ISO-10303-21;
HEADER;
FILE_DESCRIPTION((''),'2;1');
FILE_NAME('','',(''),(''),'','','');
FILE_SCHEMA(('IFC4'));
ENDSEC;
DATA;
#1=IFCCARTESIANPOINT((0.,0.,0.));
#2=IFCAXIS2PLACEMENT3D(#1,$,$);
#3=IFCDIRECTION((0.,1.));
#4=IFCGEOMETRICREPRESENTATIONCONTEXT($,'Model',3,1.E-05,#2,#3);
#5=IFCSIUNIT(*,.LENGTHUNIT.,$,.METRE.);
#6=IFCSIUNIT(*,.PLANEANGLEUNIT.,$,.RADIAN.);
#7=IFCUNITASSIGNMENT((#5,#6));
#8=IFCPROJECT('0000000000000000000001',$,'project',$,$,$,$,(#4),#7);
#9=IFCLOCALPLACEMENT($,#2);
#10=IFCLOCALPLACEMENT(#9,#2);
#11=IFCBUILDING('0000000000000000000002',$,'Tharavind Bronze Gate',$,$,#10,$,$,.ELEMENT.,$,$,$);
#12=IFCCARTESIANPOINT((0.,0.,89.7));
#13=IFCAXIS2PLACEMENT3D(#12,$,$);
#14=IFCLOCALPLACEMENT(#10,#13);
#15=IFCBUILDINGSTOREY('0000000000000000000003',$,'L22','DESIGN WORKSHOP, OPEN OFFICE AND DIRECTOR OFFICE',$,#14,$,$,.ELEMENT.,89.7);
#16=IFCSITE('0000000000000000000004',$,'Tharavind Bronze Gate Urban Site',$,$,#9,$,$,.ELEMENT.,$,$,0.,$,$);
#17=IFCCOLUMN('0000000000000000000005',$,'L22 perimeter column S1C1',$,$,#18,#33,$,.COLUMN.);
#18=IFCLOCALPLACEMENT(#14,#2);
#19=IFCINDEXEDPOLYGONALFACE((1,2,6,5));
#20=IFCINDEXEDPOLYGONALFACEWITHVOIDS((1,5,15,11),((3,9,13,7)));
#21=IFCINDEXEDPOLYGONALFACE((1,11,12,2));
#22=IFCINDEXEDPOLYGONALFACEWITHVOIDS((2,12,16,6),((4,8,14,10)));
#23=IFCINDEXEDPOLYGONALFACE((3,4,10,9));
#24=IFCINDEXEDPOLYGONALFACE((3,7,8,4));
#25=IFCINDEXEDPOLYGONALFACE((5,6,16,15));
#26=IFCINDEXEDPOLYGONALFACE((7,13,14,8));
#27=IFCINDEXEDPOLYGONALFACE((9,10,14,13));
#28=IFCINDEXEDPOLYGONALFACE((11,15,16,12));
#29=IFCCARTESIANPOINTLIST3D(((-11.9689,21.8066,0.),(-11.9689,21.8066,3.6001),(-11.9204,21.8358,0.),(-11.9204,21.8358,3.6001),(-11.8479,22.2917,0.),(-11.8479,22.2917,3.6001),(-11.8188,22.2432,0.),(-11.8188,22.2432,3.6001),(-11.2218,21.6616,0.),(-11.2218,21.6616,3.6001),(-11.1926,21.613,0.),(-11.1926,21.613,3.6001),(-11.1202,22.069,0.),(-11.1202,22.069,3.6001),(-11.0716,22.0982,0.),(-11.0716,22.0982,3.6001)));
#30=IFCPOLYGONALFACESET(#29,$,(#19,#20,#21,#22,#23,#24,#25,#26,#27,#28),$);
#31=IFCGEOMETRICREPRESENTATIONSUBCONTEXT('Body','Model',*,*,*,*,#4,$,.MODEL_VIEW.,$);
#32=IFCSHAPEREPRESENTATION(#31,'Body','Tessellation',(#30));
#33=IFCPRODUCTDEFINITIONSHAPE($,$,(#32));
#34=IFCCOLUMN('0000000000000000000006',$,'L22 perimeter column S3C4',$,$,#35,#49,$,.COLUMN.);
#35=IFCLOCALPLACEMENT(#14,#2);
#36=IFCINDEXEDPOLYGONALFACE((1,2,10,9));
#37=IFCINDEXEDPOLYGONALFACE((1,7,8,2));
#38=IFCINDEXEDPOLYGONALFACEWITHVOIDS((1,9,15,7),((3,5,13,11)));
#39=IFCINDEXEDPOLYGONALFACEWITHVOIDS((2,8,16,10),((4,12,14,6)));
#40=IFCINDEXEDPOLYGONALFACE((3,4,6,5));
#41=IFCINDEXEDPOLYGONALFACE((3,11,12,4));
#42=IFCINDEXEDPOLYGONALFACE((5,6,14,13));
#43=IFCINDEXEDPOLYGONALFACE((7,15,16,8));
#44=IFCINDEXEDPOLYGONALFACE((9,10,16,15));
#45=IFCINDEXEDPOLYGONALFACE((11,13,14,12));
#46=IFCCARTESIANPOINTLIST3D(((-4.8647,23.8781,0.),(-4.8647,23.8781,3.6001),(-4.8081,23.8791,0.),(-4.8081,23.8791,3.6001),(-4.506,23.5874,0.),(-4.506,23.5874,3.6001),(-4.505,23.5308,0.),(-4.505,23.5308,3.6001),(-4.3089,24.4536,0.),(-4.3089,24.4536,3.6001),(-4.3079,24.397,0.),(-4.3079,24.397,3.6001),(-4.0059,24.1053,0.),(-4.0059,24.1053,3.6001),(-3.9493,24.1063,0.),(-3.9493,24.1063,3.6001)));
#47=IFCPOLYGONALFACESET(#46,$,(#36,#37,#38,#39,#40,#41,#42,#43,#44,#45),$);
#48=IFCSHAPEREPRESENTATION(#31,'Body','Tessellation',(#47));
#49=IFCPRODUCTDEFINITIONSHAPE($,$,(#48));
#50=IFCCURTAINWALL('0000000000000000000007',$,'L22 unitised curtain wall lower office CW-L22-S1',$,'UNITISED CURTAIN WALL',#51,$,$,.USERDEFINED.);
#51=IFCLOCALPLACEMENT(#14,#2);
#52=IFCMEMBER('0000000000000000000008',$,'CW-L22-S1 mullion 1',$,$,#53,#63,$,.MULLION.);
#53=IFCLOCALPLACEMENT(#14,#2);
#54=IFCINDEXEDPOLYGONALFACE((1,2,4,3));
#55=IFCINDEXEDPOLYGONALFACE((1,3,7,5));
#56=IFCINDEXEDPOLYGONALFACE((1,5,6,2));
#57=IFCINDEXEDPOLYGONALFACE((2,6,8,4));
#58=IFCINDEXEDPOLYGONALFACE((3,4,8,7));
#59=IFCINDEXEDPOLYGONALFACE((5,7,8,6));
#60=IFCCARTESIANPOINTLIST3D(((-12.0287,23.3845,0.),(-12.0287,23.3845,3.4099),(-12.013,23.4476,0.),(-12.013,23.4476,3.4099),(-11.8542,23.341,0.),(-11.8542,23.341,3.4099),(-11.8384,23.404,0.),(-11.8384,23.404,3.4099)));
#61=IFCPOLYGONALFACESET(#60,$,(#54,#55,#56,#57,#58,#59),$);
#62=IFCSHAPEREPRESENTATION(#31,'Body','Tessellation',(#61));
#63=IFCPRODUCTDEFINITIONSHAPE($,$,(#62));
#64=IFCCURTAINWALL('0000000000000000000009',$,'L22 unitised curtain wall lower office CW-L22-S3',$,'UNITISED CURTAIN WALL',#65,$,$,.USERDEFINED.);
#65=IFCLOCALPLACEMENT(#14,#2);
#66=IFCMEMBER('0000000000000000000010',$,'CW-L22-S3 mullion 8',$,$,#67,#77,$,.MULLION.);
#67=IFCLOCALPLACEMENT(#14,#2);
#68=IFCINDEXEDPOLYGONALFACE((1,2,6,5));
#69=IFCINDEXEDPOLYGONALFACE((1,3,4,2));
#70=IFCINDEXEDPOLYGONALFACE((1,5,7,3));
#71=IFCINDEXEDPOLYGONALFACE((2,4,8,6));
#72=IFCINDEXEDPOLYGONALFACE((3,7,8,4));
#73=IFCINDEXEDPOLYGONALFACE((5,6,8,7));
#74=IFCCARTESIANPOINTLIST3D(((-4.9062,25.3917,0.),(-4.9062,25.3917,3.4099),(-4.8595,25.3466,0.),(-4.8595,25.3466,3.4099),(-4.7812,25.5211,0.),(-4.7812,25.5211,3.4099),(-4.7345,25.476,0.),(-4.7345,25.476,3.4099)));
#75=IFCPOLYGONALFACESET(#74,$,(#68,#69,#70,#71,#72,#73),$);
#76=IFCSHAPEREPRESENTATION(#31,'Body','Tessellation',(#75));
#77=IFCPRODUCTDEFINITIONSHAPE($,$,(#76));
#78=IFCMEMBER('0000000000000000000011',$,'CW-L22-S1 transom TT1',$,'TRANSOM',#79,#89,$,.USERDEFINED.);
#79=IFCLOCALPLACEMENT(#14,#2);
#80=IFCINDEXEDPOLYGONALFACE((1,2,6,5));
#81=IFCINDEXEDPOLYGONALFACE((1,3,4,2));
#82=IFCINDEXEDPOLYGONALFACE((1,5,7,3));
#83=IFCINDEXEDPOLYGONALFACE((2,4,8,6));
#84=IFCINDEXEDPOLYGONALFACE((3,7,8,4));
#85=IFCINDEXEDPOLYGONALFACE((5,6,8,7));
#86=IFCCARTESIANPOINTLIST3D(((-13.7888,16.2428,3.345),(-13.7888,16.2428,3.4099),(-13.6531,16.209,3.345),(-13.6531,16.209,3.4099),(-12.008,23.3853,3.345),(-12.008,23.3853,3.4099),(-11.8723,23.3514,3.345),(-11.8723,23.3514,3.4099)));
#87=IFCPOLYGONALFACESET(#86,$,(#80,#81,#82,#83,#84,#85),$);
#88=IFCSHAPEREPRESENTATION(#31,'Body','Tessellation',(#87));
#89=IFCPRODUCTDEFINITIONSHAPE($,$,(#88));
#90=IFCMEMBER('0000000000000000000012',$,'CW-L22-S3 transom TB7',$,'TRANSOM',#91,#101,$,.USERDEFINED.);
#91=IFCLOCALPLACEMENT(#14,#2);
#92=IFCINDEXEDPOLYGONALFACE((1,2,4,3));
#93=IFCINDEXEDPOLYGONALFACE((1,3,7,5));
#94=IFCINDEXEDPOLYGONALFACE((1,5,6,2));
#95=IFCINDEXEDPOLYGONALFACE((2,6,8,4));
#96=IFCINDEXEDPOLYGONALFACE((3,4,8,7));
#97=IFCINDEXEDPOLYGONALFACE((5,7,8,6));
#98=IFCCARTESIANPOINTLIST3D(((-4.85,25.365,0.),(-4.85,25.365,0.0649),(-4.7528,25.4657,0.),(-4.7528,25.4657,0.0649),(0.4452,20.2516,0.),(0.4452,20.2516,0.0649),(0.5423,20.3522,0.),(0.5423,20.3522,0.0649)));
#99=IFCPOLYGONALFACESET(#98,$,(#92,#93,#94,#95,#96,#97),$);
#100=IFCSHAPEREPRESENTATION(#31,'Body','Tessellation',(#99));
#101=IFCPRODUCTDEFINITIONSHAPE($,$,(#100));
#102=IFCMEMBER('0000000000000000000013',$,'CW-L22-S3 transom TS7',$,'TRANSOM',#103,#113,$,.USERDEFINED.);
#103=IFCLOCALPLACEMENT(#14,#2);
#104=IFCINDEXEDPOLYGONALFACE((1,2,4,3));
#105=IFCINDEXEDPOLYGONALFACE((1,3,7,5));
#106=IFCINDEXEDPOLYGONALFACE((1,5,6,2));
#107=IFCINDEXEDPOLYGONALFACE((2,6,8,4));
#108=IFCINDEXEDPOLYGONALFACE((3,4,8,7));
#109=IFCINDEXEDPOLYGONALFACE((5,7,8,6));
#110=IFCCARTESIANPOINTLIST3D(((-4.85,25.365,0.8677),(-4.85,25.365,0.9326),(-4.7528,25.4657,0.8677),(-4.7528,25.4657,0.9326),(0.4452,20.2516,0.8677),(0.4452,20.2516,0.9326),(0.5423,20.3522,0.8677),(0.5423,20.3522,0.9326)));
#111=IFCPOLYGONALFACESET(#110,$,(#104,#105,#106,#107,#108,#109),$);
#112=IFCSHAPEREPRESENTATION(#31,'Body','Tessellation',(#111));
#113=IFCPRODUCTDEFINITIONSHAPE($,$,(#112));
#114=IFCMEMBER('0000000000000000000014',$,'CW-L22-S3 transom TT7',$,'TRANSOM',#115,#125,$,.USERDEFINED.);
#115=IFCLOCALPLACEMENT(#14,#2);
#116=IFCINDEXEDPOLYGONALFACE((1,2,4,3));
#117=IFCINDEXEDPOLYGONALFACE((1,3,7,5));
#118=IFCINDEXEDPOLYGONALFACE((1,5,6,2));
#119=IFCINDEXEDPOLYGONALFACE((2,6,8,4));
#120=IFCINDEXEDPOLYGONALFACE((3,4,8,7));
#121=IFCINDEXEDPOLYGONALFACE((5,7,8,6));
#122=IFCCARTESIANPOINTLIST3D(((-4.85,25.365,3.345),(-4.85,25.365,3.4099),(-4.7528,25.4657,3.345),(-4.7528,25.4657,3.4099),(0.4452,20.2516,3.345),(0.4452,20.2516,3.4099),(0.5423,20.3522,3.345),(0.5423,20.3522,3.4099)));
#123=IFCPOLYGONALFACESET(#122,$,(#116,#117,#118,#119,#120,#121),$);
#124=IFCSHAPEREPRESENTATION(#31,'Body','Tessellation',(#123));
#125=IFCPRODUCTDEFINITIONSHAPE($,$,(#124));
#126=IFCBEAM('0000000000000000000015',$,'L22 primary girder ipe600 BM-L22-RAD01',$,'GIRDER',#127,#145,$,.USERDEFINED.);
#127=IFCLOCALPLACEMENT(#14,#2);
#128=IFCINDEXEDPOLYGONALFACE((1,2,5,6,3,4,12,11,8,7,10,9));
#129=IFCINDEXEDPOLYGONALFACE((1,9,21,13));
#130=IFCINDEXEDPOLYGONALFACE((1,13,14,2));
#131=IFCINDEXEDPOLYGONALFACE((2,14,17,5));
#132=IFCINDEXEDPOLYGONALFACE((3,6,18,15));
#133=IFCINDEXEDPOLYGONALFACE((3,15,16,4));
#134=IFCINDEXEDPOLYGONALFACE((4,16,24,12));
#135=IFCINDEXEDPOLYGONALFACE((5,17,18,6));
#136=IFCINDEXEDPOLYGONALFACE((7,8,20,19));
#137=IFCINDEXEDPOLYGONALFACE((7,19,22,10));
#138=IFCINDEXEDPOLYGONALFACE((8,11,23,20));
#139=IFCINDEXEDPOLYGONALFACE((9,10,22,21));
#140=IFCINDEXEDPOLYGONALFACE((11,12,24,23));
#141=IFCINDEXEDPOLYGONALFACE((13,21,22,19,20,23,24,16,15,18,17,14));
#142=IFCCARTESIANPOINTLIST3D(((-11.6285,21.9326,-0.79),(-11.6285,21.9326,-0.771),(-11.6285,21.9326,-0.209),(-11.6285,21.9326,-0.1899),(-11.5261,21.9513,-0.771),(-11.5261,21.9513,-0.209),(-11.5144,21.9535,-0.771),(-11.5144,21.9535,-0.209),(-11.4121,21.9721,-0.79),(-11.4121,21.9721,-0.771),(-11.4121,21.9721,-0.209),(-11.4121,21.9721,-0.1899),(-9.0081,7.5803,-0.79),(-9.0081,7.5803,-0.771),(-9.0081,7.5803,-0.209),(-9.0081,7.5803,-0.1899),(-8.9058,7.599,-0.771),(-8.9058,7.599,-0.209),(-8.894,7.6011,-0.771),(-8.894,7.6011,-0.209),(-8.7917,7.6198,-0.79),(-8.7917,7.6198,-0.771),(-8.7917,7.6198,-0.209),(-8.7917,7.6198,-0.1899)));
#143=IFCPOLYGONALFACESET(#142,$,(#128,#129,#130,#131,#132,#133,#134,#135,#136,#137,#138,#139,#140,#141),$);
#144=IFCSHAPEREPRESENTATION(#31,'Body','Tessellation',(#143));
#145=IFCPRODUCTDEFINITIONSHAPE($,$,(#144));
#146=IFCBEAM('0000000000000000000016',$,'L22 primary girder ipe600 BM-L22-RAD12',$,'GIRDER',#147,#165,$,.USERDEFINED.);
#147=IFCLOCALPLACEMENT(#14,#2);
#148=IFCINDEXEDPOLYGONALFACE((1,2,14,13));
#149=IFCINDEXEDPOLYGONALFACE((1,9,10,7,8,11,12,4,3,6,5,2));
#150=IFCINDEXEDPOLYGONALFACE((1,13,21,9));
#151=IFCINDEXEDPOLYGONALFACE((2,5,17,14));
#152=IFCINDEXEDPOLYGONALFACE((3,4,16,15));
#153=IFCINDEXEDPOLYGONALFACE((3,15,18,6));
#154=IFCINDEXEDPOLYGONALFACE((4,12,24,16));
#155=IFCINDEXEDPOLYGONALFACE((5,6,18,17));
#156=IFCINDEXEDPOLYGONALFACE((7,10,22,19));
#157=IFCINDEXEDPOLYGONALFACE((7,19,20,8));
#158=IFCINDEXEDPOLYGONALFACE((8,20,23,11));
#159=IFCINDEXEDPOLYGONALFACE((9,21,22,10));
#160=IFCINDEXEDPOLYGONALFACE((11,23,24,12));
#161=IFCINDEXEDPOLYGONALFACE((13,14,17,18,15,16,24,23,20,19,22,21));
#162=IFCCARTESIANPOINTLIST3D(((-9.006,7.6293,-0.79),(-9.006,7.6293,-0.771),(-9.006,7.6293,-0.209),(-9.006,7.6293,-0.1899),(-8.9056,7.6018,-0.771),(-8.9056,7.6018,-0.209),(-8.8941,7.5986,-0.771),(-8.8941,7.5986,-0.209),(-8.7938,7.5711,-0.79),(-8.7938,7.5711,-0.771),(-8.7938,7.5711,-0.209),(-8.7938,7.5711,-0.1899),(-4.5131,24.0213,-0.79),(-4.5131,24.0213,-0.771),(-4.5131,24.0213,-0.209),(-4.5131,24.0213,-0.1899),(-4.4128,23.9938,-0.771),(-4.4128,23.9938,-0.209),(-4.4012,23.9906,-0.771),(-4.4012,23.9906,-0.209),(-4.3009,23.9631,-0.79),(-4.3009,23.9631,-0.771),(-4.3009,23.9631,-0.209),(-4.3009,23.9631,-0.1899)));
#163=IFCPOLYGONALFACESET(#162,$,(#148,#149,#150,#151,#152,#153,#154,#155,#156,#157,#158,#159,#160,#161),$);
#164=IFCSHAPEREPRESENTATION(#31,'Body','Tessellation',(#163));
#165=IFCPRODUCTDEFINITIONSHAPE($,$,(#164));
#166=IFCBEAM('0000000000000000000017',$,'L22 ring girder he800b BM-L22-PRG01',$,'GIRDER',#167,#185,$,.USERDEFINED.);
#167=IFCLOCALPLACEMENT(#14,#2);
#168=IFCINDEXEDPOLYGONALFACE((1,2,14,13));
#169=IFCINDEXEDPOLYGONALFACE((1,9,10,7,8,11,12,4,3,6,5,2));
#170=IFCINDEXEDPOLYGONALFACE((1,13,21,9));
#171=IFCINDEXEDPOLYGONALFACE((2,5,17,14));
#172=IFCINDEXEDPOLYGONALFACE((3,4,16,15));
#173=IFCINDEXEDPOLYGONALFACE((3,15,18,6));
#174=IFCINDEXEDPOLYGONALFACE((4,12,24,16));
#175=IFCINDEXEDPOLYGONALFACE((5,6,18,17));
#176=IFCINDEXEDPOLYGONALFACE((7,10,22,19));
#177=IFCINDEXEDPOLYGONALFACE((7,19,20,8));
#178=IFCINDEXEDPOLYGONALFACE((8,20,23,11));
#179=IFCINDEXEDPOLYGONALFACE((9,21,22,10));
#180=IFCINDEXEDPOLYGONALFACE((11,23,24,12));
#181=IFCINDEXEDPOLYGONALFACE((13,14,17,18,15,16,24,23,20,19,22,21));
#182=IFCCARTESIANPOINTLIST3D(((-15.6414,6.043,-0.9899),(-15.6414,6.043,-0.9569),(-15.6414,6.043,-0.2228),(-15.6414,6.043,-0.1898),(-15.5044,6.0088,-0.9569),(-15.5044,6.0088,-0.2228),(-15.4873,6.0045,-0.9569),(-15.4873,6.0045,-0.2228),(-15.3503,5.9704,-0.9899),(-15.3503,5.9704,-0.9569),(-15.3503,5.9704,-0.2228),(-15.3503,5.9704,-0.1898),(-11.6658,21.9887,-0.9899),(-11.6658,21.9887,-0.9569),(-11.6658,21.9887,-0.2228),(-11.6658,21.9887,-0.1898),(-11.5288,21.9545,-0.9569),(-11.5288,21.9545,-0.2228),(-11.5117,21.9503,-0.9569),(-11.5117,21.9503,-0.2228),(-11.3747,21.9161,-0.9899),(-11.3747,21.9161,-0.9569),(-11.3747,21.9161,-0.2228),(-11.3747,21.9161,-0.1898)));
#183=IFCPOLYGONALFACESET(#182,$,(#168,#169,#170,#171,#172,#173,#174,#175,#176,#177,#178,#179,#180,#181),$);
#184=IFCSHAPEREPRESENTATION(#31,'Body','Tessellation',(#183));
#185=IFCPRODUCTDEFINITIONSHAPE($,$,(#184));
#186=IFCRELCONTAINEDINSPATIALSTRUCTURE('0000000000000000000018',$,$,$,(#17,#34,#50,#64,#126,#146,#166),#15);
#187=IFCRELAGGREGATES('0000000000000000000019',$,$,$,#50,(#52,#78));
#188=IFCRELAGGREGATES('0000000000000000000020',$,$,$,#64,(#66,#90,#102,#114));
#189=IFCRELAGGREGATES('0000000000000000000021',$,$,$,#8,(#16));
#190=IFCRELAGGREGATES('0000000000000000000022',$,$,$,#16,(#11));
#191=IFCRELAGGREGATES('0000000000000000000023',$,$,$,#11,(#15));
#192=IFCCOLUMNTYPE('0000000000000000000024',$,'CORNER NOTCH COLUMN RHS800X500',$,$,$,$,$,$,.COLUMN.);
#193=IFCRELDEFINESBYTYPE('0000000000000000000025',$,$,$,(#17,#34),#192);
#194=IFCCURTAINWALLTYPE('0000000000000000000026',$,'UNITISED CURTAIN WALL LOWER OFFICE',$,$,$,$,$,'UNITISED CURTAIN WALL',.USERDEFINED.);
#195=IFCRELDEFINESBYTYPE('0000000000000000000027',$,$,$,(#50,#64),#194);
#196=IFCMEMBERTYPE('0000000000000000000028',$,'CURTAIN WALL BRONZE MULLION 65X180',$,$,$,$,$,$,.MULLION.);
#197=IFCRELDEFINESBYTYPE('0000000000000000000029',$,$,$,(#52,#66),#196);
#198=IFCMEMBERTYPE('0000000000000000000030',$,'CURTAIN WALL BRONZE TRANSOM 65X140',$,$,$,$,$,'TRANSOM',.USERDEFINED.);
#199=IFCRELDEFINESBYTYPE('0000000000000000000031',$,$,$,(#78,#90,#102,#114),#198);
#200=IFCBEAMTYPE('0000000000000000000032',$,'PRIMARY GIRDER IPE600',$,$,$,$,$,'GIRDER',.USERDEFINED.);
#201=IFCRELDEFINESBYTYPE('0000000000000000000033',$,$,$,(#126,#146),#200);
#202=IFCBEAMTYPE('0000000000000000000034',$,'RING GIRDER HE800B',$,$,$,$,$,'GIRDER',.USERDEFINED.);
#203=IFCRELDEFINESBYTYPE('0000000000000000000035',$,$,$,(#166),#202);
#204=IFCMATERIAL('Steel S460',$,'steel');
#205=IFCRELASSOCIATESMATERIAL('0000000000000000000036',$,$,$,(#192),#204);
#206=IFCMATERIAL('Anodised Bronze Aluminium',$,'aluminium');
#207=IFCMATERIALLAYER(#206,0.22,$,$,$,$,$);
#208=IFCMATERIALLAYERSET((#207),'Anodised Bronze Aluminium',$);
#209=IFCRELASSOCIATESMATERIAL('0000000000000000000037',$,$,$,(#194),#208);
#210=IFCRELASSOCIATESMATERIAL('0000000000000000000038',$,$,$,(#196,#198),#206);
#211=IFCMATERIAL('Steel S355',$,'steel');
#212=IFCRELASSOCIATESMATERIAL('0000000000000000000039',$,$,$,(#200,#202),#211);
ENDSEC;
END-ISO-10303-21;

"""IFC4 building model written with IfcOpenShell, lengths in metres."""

from ifc_helpers import new_model, si_unit, direction, frame, origin, origin_2d, place, context, subcontext, project, spatial, rectangle, hollow_rectangle, i_section, extrude, material, layer, layer_set, material_profile, profile_set, type_object, element, aggregate, save


model = new_model("IFC4")

# Units and contexts
model_context = context("Model", 3, precision=1e-05, world=origin(), true_north=direction((0.0, 1.0)))
body_context = subcontext(model_context, "Body", "Model", "MODEL_VIEW")
ifc_project = project(units=[si_unit("LENGTHUNIT", "METRE"), si_unit("PLANEANGLEUNIT", "RADIAN")], contexts=[model_context])

# Site, building, storey
site_placement = place(None, origin())
site = spatial("IfcSite", under=ifc_project, at=site_placement, Name="Tharavind Bronze Gate Urban Site", CompositionType="ELEMENT", RefElevation=0.0)
building_placement = place(site_placement, origin())
building = spatial("IfcBuilding", under=site, at=building_placement, Name="Tharavind Bronze Gate", CompositionType="ELEMENT")
storey_placement = place(building_placement, frame((0.0, 0.0, 89.7)))
storey = spatial("IfcBuildingStorey", under=building, at=storey_placement, Name="L22", Description="DESIGN WORKSHOP, OPEN OFFICE AND DIRECTOR OFFICE", CompositionType="ELEMENT", Elevation=89.7)

# Columns
ifc_material_1 = material(Name="Steel S460", Category="steel")
ifc_material_profile_1 = material_profile(ifc_material_1, hollow_rectangle(XDim=0.5, YDim=0.8, WallThickness=0.04, at=origin_2d()), Name="RHS800X500X40")
ifc_profile_set_1 = profile_set([ifc_material_profile_1], Name="Steel S460")
column_type = type_object("IfcColumnType", Name="CORNER NOTCH COLUMN RHS800X500", PredefinedType="COLUMN", material=ifc_profile_set_1)
for number, where, z_axis, x_axis, name in (
    (1, (-11.5203, 21.9524, 0.0), (0.0, 0.0, 1.0), (0.241922, 0.970296, 0.0), "L22 perimeter column S1C1"),
    (2, (-4.407, 23.9922, 0.0), (0.0, 0.0, 1.0), (-0.71934, 0.694658, 0.0), "L22 perimeter column S3C4"),
):
    element("IfcColumn", number, at=place(storey_placement, frame(where, z_axis=z_axis, x_axis=x_axis)), inside=storey, type_object=column_type, Name=name, PredefinedType="COLUMN", context=body_context, shape_type="SweptSolid", body=[
        extrude(hollow_rectangle(XDim=0.5, YDim=0.8, WallThickness=0.04, at=origin_2d()), origin(), (0.0, 0.0, 1.0), 3.6001),
    ])

# Curtain walls, members
ifc_material_2 = material(Name="Anodised Bronze Aluminium", Category="aluminium")
ifc_layer_1 = layer(ifc_material_2, 0.22)
ifc_layer_set_1 = layer_set([ifc_layer_1], Name="Anodised Bronze Aluminium")
curtain_wall_type = type_object("IfcCurtainWallType", Name="UNITISED CURTAIN WALL LOWER OFFICE", ElementType="UNITISED CURTAIN WALL", PredefinedType="USERDEFINED", material=ifc_layer_set_1)
curtain_wall_1_placement = place(storey_placement, origin())
curtain_wall_1 = element("IfcCurtainWall", 3, at=curtain_wall_1_placement, inside=storey, type_object=curtain_wall_type, Name="L22 unitised curtain wall lower office CW-L22-S1", ObjectType="UNITISED CURTAIN WALL", PredefinedType="USERDEFINED")
member_type_1 = type_object("IfcMemberType", Name="CURTAIN WALL BRONZE MULLION 65X180", PredefinedType="MULLION", material=ifc_material_2)
member_1_placement = place(storey_placement, frame((-11.9336, 23.3943, 0.0), z_axis=(0.0, 0.0, 1.0), x_axis=(-0.241922, -0.970296, 0.0)))
member_1 = element("IfcMember", 4, at=member_1_placement, type_object=member_type_1, Name="CW-L22-S1 mullion 1", PredefinedType="MULLION", context=body_context, shape_type="SweptSolid", body=[
    extrude(rectangle(XDim=0.0649, YDim=0.1799, at=origin_2d()), origin(), (0.0, 0.0, 1.0), 3.4099),
])
curtain_wall_2_placement = place(storey_placement, origin())
curtain_wall_2 = element("IfcCurtainWall", 5, at=curtain_wall_2_placement, inside=storey, type_object=curtain_wall_type, Name="L22 unitised curtain wall lower office CW-L22-S3", ObjectType="UNITISED CURTAIN WALL", PredefinedType="USERDEFINED")
member_2_placement = place(storey_placement, frame((-4.8203, 25.4338, 0.0), z_axis=(0.0, 0.0, 1.0), x_axis=(-0.719341, 0.694657, 0.0)))
member_2 = element("IfcMember", 6, at=member_2_placement, type_object=member_type_1, Name="CW-L22-S3 mullion 8", PredefinedType="MULLION", context=body_context, shape_type="SweptSolid", body=[
    extrude(rectangle(XDim=0.0649, YDim=0.1799, at=origin_2d()), origin(), (0.0, 0.0, 1.0), 3.4099),
])

# Members
member_type_2 = type_object("IfcMemberType", Name="CURTAIN WALL BRONZE TRANSOM 65X140", ElementType="TRANSOM", PredefinedType="USERDEFINED", material=ifc_material_2)
member_3_placement = place(storey_placement, frame((-12.8306, 19.7971, 3.345), z_axis=(0.0, 0.0, 1.0), x_axis=(-0.241922, -0.970296, 0.0)))
member_3 = element("IfcMember", 7, at=member_3_placement, type_object=member_type_2, Name="CW-L22-S1 transom TT1", ObjectType="TRANSOM", PredefinedType="USERDEFINED", context=body_context, shape_type="SweptSolid", body=[
    extrude(rectangle(XDim=7.3611, YDim=0.1399, at=origin_2d()), origin(), (0.0, 0.0, 1.0), 0.0649),
])
member_4_placement = place(storey_placement, frame((-2.1538, 22.8586, 0.0), z_axis=(0.0, 0.0, 1.0), x_axis=(-0.719341, 0.694657, 0.0)))
member_4 = element("IfcMember", 8, at=member_4_placement, type_object=member_type_2, Name="CW-L22-S3 transom TB7", ObjectType="TRANSOM", PredefinedType="USERDEFINED", context=body_context, shape_type="SweptSolid", body=[
    extrude(rectangle(XDim=7.3611, YDim=0.1399, at=origin_2d()), origin(), (0.0, 0.0, 1.0), 0.0649),
])
member_5_placement = place(storey_placement, frame((-2.1538, 22.8586, 0.8677), z_axis=(0.0, 0.0, 1.0), x_axis=(-0.719341, 0.694657, 0.0)))
member_5 = element("IfcMember", 9, at=member_5_placement, type_object=member_type_2, Name="CW-L22-S3 transom TS7", ObjectType="TRANSOM", PredefinedType="USERDEFINED", context=body_context, shape_type="SweptSolid", body=[
    extrude(rectangle(XDim=7.3611, YDim=0.1399, at=origin_2d()), origin(), (0.0, 0.0, 1.0), 0.0649),
])
member_6_placement = place(storey_placement, frame((-2.1538, 22.8586, 3.345), z_axis=(0.0, 0.0, 1.0), x_axis=(-0.719341, 0.694657, 0.0)))
member_6 = element("IfcMember", 10, at=member_6_placement, type_object=member_type_2, Name="CW-L22-S3 transom TT7", ObjectType="TRANSOM", PredefinedType="USERDEFINED", context=body_context, shape_type="SweptSolid", body=[
    extrude(rectangle(XDim=7.3611, YDim=0.1399, at=origin_2d()), origin(), (0.0, 0.0, 1.0), 0.0649),
])

# Beams
ifc_material_3 = material(Name="Steel S355", Category="steel")
ifc_material_profile_2 = material_profile(ifc_material_3, i_section(OverallWidth=0.22, OverallDepth=0.6001, WebThickness=0.012, FlangeThickness=0.019, at=origin_2d()), Name="IPE600")
ifc_profile_set_2 = profile_set([ifc_material_profile_2], Name="Steel S355")
beam_type_1 = type_object("IfcBeamType", Name="PRIMARY GIRDER IPE600", ElementType="GIRDER", PredefinedType="USERDEFINED", material=ifc_profile_set_2)
beam_1_placement = place(storey_placement, frame((-11.5203, 21.9524, -0.49), z_axis=(0.179605, -0.983739, 0.0), x_axis=(0.983739, 0.179605, 0.0)))
element("IfcBeam", 11, at=beam_1_placement, inside=storey, type_object=beam_type_1, Name="L22 primary girder ipe600 BM-L22-RAD01", ObjectType="GIRDER", PredefinedType="USERDEFINED", context=body_context, shape_type="SweptSolid", body=[
    extrude(i_section(OverallWidth=0.22, OverallDepth=0.6001, WebThickness=0.012, FlangeThickness=0.019, at=origin_2d()), origin(), (0.0, 0.0, 1.0), 14.5896),
])
beam_2_placement = place(storey_placement, frame((-4.407, 23.9922, -0.49), z_axis=(-0.264341, -0.964429, 0.0), x_axis=(0.964429, -0.264341, 0.0)))
element("IfcBeam", 12, at=beam_2_placement, inside=storey, type_object=beam_type_1, Name="L22 primary girder ipe600 BM-L22-RAD12", ObjectType="GIRDER", PredefinedType="USERDEFINED", context=body_context, shape_type="SweptSolid", body=[
    extrude(i_section(OverallWidth=0.22, OverallDepth=0.6001, WebThickness=0.012, FlangeThickness=0.019, at=origin_2d()), origin(), (0.0, 0.0, 1.0), 16.9966),
])
ifc_material_profile_3 = material_profile(ifc_material_3, i_section(OverallWidth=0.3, OverallDepth=0.8, WebThickness=0.0176, FlangeThickness=0.033, at=origin_2d()), Name="HE800B")
ifc_profile_set_3 = profile_set([ifc_material_profile_3], Name="Steel S355")
beam_type_2 = type_object("IfcBeamType", Name="RING GIRDER HE800B", ElementType="GIRDER", PredefinedType="USERDEFINED", material=ifc_profile_set_3)
beam_3_placement = place(storey_placement, frame((-11.5203, 21.9524, -0.5898), z_axis=(-0.241913, -0.970298, 0.0), x_axis=(0.970298, -0.241913, 0.0)))
element("IfcBeam", 13, at=beam_3_placement, inside=storey, type_object=beam_type_2, Name="L22 ring girder he800b BM-L22-PRG01", ObjectType="GIRDER", PredefinedType="USERDEFINED", context=body_context, shape_type="SweptSolid", body=[
    extrude(i_section(OverallWidth=0.3, OverallDepth=0.8, WebThickness=0.0176, FlangeThickness=0.033, at=origin_2d()), origin(), (0.0, 0.0, 1.0), 16.4338),
])

aggregate(curtain_wall_1, [member_1, member_3])
aggregate(curtain_wall_2, [member_2, member_4, member_5, member_6])

save(model, "model.ifc")
